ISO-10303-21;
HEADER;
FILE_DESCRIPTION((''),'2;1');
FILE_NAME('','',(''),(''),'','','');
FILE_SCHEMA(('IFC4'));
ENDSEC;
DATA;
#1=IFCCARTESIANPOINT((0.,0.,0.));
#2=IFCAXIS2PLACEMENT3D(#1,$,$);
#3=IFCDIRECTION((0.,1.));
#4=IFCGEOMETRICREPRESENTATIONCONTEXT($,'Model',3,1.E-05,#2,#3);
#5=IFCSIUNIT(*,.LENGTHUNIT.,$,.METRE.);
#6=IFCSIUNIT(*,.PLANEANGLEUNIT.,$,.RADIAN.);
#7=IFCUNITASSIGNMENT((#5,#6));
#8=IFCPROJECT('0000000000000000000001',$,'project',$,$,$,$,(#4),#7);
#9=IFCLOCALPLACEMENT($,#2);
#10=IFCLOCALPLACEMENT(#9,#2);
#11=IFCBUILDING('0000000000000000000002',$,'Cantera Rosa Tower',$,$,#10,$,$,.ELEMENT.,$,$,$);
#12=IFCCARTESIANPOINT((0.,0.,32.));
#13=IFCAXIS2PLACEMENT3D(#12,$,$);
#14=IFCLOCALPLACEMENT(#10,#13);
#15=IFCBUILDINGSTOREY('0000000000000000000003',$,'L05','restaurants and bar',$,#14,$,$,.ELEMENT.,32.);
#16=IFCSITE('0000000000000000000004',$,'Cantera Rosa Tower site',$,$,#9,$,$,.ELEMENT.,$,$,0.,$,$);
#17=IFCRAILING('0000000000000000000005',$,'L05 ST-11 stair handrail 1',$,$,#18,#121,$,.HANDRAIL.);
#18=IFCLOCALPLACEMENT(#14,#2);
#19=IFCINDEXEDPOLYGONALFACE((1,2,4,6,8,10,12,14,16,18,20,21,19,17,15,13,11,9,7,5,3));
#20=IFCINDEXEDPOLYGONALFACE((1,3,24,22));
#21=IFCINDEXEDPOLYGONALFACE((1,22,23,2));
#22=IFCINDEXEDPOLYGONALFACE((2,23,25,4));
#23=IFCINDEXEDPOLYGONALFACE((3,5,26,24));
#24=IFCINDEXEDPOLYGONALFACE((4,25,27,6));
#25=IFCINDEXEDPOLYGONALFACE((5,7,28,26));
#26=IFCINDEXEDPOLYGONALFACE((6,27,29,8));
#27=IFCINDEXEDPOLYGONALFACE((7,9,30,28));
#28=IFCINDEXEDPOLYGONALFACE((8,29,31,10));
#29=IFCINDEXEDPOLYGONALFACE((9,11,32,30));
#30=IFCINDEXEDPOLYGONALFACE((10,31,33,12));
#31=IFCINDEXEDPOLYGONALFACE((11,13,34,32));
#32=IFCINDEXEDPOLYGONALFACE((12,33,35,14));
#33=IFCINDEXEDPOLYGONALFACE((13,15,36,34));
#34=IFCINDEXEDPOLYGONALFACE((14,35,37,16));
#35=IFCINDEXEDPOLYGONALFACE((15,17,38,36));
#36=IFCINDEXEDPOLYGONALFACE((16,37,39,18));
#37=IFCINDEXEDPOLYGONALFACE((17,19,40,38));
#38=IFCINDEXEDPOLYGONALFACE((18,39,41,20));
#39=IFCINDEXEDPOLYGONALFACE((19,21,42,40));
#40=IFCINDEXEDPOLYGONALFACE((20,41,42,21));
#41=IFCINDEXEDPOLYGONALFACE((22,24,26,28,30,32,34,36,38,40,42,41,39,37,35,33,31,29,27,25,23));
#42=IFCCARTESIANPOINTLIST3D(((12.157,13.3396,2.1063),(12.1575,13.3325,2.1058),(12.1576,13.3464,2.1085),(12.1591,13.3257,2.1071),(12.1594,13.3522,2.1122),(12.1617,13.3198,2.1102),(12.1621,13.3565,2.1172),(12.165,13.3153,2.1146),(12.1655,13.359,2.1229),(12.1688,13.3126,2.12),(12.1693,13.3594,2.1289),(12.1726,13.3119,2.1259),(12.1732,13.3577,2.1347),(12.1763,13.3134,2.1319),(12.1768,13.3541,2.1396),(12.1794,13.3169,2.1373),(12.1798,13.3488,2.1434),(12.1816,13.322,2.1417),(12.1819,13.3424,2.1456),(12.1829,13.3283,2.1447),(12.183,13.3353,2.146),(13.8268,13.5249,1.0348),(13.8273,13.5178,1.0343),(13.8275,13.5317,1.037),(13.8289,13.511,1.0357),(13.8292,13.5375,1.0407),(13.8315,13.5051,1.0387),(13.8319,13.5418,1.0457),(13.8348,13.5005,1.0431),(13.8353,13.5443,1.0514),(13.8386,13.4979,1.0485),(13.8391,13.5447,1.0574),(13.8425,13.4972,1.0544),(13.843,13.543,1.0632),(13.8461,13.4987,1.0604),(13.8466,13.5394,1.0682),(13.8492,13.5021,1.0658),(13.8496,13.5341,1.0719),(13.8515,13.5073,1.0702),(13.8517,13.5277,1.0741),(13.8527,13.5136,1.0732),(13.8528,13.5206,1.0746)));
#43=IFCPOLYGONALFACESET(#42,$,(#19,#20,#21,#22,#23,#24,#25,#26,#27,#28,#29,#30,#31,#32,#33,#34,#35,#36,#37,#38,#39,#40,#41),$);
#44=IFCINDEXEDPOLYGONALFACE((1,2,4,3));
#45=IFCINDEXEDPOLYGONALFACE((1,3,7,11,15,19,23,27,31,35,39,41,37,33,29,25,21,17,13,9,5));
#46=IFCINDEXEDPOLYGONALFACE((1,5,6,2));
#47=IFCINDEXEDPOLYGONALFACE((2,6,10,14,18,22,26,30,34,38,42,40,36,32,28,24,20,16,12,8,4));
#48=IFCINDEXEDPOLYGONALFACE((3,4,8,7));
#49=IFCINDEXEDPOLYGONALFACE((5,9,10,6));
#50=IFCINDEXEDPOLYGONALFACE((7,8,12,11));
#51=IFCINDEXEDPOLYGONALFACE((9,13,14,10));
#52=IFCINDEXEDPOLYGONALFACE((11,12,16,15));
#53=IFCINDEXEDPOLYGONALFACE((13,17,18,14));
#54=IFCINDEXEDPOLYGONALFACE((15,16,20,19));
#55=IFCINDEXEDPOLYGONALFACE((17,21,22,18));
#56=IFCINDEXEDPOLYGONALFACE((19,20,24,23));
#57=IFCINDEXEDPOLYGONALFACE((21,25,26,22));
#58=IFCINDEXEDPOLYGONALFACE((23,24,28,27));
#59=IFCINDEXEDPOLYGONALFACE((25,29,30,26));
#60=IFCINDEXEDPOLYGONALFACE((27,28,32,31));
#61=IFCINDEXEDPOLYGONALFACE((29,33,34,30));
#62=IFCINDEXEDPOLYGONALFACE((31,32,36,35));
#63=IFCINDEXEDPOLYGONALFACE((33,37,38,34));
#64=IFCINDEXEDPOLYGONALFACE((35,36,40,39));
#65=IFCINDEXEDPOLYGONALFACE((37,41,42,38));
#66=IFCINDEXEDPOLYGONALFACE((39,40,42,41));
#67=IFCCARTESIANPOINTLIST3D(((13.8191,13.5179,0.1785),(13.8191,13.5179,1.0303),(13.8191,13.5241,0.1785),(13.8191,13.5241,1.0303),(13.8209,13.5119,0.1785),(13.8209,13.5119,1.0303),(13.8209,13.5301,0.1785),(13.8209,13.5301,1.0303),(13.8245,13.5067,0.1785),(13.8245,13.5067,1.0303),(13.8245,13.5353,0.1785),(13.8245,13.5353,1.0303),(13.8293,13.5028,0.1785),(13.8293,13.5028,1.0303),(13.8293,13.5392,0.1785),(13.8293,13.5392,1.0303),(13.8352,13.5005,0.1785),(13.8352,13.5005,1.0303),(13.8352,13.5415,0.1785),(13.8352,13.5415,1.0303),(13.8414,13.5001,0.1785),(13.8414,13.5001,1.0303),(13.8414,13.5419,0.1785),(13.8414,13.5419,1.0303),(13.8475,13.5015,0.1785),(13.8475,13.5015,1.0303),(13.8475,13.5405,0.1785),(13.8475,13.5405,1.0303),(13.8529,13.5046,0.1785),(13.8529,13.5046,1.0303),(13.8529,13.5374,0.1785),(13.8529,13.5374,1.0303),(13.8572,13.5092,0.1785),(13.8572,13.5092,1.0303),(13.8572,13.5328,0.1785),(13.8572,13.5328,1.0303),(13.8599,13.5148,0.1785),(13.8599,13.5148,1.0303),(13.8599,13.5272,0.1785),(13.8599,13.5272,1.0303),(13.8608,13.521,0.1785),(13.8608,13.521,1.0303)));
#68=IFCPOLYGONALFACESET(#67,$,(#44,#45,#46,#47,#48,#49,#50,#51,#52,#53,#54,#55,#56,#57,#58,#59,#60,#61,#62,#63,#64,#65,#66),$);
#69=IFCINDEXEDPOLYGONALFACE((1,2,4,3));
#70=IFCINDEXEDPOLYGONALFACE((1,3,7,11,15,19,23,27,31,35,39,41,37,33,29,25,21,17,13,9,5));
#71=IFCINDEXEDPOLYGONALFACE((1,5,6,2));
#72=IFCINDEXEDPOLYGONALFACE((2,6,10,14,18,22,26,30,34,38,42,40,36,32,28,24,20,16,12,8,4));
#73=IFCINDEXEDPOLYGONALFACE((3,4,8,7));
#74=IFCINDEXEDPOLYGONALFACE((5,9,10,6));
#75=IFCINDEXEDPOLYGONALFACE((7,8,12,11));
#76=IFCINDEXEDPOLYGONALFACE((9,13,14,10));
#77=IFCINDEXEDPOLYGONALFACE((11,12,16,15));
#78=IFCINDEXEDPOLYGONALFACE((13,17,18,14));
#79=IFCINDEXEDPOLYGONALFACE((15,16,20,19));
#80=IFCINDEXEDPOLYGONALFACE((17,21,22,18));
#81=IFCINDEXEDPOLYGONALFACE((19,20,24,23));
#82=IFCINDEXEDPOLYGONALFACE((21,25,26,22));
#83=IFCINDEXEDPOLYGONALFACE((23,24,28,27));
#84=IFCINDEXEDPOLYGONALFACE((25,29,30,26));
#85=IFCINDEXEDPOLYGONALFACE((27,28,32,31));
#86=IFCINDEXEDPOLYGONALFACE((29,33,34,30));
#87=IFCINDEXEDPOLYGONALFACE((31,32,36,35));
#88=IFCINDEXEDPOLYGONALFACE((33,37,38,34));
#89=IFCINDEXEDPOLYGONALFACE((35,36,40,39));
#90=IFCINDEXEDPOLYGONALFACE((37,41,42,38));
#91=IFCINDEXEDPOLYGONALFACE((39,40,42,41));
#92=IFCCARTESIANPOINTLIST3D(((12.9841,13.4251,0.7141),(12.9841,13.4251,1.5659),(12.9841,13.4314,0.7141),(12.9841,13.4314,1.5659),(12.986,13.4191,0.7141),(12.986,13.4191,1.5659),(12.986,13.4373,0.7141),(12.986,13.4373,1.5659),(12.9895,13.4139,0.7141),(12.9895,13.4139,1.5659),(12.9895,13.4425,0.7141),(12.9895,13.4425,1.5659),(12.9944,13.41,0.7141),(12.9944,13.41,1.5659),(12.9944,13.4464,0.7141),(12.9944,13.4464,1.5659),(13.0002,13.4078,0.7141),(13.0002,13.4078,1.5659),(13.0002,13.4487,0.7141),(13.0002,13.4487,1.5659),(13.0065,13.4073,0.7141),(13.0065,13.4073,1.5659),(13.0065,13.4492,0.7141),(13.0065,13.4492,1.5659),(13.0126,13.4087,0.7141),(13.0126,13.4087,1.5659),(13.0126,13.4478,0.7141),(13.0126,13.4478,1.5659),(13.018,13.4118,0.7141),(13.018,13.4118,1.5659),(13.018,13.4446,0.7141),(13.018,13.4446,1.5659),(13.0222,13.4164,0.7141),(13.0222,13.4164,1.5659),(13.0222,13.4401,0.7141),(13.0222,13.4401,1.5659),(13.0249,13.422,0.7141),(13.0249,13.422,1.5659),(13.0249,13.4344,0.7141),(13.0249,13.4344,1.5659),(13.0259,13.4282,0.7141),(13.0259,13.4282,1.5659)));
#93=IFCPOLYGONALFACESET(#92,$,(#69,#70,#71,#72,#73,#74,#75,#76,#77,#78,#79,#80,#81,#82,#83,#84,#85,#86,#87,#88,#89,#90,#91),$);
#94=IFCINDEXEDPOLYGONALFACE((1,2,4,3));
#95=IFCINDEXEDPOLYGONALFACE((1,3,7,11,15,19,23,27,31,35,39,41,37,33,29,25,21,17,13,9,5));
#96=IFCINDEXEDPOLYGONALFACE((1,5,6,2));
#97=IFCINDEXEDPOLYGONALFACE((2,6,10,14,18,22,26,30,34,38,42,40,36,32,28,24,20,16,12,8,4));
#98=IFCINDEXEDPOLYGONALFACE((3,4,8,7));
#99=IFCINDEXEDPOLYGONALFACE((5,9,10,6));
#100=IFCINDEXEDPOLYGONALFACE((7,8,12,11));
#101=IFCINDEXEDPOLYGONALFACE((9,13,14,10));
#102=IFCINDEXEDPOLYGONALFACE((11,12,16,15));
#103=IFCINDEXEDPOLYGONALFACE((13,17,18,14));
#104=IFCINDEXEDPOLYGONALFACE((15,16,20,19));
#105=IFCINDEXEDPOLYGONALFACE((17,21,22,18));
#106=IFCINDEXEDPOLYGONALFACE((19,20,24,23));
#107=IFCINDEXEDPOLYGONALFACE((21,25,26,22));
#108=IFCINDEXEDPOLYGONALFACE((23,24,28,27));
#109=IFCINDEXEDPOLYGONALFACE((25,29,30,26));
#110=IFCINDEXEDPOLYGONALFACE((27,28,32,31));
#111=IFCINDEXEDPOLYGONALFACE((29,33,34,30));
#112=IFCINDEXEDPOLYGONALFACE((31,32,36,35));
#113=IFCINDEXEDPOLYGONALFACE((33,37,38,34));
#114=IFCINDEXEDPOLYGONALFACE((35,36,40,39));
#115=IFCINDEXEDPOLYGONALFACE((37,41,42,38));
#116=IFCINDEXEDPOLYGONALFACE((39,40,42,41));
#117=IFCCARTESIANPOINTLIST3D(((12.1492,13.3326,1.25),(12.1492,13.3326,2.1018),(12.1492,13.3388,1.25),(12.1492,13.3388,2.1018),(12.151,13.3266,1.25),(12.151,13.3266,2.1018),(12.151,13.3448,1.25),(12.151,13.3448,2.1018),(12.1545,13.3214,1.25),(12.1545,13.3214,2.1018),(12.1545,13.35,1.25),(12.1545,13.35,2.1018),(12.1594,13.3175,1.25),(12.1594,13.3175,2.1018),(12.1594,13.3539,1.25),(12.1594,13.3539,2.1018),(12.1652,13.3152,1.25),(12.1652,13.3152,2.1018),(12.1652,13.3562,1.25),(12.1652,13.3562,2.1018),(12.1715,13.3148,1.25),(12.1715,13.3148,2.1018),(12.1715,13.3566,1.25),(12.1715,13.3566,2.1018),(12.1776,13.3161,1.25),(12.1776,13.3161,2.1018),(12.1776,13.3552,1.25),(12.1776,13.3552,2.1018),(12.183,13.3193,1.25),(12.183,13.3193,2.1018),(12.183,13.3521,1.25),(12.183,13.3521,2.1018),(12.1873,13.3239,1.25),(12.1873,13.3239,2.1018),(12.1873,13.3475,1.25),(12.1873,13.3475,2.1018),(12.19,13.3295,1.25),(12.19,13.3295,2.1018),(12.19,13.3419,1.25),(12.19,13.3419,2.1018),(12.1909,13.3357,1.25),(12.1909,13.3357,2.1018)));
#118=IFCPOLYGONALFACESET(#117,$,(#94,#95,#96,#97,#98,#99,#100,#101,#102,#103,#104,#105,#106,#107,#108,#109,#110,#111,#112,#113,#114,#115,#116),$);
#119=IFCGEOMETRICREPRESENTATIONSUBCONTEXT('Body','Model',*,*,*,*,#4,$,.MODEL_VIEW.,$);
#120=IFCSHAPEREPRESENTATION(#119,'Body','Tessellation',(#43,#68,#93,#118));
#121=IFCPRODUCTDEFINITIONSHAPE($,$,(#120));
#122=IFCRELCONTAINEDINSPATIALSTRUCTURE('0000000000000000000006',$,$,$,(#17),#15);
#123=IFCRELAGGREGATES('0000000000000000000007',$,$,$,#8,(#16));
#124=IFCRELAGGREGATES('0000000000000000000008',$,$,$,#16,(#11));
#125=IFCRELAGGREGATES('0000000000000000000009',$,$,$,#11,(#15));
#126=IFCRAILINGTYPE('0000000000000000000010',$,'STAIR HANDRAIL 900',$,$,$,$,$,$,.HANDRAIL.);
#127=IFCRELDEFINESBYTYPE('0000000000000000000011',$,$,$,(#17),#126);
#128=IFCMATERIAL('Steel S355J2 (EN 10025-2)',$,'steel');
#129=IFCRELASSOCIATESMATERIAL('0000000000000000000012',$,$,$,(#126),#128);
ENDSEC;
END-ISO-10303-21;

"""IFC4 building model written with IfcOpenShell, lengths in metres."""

from ifc_helpers import new_model, si_unit, direction, frame, origin, origin_2d, place, context, subcontext, project, spatial, circle, extrude, material, type_object, element, save


model = new_model("IFC4")

# Units and contexts
model_context = context("Model", 3, precision=1e-05, world=origin(), true_north=direction((0.0, 1.0)))
body_context = subcontext(model_context, "Body", "Model", "MODEL_VIEW")
ifc_project = project(units=[si_unit("LENGTHUNIT", "METRE"), si_unit("PLANEANGLEUNIT", "RADIAN")], contexts=[model_context])

# Site, building, storey
site_placement = place(None, origin())
site = spatial("IfcSite", under=ifc_project, at=site_placement, Name="Cantera Rosa Tower site", CompositionType="ELEMENT", RefElevation=0.0)
building_placement = place(site_placement, origin())
building = spatial("IfcBuilding", under=site, at=building_placement, Name="Cantera Rosa Tower", CompositionType="ELEMENT")
storey_placement = place(building_placement, frame((0.0, 0.0, 32.0)))
storey = spatial("IfcBuildingStorey", under=building, at=storey_placement, Name="L05", Description="restaurants and bar", CompositionType="ELEMENT", Elevation=32.0)

# Railing
ifc_material_1 = material(Name="Steel S355J2 (EN 10025-2)", Category="steel")
railing_type_1 = type_object("IfcRailingType", Name="STAIR HANDRAIL 900", PredefinedType="HANDRAIL", material=ifc_material_1)
railing_1_placement = place(storey_placement, frame((13.8398, 13.521, 0.1785)))
element("IfcRailing", 1, at=railing_1_placement, inside=storey, type_object=railing_type_1, Name="L05 ST-11 stair handrail 1", PredefinedType="HANDRAIL", context=body_context, shape_type="SweptSolid", body=[
    extrude(circle(Radius=0.0239, at=origin_2d()), frame((0.0, 0.0, 0.876), z_axis=(-0.837987, -0.092987, 0.537709), x_axis=(0.110288, -0.9939, 0.0)), (0.0, 0.0, 1.0), 1.9927),
    extrude(circle(Radius=0.021, at=origin_2d()), origin(), (0.0, 0.0, 1.0), 0.8518),
    extrude(circle(Radius=0.021, at=origin_2d()), frame((-0.835, -0.0928, 0.5356)), (0.0, 0.0, 1.0), 0.8518),
    extrude(circle(Radius=0.021, at=origin_2d()), frame((-1.6699, -0.1853, 1.0715)), (0.0, 0.0, 1.0), 0.8518),
])

save(model, "model.ifc")
